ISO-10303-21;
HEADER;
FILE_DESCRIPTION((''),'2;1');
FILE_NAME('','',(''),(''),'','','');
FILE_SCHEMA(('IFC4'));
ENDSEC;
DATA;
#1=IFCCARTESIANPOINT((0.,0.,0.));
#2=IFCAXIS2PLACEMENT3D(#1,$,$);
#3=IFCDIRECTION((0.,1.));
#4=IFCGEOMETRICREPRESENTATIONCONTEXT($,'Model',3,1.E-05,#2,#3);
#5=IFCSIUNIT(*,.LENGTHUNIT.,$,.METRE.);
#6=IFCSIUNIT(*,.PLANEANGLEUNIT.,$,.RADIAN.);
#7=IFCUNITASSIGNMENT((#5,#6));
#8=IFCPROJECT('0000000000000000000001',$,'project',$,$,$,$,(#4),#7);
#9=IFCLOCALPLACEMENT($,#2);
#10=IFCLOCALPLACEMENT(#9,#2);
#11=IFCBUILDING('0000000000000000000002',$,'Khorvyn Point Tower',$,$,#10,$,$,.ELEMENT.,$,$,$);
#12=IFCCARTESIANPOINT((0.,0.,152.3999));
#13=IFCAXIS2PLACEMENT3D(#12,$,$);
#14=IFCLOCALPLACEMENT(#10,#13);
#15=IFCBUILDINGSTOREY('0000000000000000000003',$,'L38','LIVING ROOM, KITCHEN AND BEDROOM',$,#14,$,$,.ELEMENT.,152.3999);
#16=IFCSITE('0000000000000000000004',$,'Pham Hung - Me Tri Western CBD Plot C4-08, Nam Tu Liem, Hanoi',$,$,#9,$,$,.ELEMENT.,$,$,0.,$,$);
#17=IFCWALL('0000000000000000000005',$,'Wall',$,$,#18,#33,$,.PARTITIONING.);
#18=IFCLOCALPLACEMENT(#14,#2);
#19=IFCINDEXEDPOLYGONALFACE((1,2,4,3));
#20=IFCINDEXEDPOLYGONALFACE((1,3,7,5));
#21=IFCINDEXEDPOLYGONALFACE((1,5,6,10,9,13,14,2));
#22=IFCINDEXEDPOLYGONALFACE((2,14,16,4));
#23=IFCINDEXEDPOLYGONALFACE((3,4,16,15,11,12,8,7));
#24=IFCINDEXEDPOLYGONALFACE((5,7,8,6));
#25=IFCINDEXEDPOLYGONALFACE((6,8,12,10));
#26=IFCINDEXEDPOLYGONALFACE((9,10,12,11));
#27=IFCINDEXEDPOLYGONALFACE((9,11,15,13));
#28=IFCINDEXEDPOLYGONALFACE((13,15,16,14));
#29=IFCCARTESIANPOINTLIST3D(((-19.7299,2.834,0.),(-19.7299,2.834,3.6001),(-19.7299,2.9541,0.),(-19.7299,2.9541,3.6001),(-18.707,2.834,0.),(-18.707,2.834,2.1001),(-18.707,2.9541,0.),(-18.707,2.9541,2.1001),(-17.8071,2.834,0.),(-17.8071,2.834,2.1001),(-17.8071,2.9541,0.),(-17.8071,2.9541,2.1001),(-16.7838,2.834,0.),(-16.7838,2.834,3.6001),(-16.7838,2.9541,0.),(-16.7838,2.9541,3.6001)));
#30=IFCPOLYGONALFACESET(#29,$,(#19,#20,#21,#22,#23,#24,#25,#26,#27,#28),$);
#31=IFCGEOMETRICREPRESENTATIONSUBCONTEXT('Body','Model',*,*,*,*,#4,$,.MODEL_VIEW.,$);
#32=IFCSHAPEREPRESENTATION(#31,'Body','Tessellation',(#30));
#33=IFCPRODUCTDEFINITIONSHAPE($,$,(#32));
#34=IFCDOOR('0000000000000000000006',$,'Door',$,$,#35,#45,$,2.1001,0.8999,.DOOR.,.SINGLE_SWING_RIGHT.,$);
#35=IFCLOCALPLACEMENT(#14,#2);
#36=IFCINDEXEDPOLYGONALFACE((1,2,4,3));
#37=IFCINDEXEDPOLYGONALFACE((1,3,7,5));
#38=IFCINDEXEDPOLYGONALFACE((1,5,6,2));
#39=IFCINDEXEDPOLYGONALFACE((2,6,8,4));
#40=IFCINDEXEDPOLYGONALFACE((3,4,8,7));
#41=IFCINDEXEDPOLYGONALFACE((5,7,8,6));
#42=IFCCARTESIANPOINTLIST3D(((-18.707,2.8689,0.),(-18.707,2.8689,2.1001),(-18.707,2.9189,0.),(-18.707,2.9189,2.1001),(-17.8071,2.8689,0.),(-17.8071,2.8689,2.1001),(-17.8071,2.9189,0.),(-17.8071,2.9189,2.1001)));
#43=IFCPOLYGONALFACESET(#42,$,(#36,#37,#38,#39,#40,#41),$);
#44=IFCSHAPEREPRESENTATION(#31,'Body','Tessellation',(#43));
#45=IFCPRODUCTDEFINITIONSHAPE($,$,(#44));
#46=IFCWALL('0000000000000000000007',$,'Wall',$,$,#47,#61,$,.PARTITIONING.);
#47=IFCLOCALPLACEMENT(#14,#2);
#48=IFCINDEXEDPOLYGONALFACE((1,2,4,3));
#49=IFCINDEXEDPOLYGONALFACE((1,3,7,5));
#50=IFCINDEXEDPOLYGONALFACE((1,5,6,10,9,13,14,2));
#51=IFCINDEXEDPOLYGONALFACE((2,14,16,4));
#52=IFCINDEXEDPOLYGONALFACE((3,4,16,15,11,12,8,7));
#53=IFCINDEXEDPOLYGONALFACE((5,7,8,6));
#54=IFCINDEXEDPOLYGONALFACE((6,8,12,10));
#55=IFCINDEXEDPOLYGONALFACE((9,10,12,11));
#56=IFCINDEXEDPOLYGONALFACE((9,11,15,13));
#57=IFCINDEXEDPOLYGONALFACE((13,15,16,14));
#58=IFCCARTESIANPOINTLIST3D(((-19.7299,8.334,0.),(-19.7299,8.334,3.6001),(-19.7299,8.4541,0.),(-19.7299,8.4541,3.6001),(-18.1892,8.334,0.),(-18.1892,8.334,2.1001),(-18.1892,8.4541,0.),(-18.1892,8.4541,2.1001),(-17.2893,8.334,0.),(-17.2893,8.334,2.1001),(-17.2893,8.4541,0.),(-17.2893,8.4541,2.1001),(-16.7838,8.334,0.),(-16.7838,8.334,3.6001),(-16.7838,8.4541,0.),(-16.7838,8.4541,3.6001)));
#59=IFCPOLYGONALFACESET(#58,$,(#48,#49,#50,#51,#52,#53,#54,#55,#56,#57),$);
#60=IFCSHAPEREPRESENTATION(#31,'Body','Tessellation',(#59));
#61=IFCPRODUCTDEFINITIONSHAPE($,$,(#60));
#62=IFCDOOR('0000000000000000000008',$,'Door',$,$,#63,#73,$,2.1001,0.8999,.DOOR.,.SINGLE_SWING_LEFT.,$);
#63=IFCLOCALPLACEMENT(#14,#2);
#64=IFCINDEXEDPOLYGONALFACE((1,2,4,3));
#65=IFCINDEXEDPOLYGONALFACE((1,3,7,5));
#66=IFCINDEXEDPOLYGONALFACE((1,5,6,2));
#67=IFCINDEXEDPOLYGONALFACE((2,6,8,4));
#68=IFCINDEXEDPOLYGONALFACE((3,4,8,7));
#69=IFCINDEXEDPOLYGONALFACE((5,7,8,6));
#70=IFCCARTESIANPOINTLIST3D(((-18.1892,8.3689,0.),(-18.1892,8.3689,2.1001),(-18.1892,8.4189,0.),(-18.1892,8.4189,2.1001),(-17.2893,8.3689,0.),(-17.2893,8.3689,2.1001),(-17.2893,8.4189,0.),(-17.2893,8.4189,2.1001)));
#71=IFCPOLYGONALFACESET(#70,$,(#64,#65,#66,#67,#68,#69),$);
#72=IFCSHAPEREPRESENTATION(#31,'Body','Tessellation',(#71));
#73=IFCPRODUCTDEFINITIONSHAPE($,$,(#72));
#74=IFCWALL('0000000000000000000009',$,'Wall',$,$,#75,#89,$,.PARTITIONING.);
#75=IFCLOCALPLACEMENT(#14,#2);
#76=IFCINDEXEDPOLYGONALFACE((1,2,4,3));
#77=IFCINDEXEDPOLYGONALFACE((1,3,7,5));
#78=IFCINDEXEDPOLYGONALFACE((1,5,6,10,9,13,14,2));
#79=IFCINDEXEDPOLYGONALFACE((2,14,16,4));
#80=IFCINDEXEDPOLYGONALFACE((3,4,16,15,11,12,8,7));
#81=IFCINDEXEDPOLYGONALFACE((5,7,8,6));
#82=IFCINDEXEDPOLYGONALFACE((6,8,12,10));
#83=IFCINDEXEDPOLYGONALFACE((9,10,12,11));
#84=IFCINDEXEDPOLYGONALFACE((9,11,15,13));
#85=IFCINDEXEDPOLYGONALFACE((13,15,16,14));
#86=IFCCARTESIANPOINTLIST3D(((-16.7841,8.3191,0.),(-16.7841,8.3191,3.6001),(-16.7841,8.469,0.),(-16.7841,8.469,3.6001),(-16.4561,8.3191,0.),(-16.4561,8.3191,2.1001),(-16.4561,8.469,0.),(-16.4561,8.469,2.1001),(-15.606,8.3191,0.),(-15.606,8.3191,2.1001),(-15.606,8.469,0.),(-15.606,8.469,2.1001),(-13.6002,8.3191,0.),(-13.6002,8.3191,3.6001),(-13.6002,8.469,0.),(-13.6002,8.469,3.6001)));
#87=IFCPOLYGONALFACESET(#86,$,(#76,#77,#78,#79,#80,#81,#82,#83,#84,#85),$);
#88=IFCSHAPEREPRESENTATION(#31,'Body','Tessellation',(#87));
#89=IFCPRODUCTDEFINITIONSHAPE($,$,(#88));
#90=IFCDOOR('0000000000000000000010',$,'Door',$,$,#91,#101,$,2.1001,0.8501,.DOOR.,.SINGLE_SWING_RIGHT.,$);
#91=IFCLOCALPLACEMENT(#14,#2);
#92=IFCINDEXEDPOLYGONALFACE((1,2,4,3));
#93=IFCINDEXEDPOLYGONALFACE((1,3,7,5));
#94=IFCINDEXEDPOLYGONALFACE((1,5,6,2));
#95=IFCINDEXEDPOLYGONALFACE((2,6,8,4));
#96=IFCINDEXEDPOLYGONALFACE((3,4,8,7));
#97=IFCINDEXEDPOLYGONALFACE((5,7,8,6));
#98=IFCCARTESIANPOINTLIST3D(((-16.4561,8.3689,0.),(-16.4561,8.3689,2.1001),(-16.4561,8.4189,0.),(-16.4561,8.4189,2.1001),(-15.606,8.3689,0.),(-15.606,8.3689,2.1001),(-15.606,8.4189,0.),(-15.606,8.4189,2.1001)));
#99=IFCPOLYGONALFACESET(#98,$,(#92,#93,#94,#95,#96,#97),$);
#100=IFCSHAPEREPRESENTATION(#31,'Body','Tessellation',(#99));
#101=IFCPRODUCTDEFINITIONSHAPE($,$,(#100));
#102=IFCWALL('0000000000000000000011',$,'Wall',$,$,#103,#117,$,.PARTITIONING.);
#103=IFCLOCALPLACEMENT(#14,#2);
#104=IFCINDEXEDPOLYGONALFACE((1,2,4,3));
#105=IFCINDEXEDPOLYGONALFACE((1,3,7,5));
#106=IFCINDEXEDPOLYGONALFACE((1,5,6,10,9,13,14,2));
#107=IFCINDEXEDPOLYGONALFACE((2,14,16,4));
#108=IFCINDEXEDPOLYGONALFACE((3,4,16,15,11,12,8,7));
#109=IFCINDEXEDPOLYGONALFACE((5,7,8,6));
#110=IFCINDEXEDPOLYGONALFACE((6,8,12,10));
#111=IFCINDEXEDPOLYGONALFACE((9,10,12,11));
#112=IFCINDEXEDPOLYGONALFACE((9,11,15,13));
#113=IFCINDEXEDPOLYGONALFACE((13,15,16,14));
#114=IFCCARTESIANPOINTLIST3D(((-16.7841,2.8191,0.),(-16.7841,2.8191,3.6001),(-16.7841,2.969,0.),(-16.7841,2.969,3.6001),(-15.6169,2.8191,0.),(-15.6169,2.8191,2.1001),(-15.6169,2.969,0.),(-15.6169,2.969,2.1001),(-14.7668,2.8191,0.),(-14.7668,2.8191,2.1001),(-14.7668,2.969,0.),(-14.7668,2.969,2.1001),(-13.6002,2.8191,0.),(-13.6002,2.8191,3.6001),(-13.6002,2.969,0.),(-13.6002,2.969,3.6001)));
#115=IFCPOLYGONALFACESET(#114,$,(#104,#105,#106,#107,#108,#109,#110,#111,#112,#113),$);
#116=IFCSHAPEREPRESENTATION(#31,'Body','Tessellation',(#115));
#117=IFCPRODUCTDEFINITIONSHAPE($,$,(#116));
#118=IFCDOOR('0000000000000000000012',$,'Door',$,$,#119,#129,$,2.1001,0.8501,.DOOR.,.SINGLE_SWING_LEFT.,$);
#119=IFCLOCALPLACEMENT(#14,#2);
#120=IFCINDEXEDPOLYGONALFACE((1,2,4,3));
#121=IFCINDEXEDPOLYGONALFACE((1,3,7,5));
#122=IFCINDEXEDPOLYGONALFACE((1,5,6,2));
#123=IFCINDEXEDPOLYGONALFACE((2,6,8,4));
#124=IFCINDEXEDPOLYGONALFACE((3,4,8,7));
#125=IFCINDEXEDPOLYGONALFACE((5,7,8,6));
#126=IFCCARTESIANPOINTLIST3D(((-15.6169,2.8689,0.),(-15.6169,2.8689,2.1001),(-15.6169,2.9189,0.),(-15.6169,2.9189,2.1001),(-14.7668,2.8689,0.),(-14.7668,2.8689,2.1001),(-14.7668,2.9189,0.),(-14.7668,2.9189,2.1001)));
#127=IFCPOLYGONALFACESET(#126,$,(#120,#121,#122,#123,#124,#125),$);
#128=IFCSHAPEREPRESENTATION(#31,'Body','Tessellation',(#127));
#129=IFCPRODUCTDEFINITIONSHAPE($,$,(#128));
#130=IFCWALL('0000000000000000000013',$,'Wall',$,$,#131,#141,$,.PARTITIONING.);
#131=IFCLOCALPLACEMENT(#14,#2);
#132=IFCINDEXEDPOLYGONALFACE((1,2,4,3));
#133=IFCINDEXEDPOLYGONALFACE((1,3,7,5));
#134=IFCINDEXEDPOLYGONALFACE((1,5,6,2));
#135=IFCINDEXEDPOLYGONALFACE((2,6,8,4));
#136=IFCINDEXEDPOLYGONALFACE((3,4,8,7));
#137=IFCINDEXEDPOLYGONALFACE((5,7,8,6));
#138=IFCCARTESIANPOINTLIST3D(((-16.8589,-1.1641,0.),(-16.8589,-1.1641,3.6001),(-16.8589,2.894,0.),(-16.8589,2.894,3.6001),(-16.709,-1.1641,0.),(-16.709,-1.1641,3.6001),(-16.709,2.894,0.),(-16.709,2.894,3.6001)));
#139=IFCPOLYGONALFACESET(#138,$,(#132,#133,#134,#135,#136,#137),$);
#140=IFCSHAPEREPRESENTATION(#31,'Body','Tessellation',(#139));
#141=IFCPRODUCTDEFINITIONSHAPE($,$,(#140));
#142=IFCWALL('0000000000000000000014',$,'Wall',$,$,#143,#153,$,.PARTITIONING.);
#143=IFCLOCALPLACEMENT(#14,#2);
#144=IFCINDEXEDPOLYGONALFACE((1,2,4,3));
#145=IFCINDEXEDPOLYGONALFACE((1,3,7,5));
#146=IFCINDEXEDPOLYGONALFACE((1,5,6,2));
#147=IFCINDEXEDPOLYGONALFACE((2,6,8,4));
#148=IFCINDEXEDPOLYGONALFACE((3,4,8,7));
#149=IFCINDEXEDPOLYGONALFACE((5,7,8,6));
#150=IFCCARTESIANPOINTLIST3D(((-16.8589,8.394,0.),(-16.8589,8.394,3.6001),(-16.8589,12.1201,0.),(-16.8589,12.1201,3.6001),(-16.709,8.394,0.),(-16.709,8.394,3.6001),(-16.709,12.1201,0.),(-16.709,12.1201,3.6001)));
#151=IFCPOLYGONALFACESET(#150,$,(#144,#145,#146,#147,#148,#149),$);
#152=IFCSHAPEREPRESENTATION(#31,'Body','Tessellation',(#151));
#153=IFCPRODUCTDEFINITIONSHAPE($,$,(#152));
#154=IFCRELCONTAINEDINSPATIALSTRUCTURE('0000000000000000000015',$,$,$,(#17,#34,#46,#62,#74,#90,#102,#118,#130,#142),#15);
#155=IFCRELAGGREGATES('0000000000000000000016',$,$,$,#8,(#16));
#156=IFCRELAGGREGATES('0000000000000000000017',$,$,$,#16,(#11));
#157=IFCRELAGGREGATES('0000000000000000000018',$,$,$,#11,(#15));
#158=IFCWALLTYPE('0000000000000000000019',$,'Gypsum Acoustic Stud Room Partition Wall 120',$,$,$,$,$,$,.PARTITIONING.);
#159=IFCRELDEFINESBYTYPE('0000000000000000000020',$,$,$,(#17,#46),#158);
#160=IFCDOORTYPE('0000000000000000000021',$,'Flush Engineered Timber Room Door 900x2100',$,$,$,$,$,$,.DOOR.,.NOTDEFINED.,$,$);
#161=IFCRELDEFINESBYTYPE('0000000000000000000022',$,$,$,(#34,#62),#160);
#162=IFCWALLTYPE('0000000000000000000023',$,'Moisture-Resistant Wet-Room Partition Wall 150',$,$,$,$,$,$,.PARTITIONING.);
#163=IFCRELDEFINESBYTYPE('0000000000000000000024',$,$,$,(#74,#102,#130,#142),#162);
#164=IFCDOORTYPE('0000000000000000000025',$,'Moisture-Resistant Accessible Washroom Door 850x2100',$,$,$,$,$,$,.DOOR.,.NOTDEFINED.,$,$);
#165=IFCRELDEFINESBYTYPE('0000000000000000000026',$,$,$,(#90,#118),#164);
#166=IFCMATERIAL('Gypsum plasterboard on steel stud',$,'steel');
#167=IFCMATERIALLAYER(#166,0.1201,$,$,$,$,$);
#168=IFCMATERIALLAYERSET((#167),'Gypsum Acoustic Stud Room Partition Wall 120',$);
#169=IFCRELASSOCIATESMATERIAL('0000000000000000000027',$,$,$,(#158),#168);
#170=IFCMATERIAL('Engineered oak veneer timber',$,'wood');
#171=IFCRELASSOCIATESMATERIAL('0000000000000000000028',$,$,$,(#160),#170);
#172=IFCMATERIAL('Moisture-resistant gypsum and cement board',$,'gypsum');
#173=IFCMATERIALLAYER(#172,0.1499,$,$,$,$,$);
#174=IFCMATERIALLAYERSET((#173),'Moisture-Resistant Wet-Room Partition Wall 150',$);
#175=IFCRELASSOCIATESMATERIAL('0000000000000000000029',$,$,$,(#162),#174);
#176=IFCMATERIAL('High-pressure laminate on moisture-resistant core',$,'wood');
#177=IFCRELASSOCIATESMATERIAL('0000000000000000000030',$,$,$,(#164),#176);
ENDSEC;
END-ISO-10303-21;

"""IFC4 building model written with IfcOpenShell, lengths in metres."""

from ifc_helpers import new_model, si_unit, direction, frame, frame_2d, origin, place, context, subcontext, project, spatial, rectangle, extrude, material, layer, layer_set, type_object, element, fill, save


model = new_model("IFC4")

# Units and contexts
model_context = context("Model", 3, precision=1e-05, world=origin(), true_north=direction((0.0, 1.0)))
body_context = subcontext(model_context, "Body", "Model", "MODEL_VIEW")
ifc_project = project(units=[si_unit("LENGTHUNIT", "METRE"), si_unit("PLANEANGLEUNIT", "RADIAN")], contexts=[model_context])

# Site, building, storey
site_placement = place(None, origin())
site = spatial("IfcSite", under=ifc_project, at=site_placement, Name="Pham Hung - Me Tri Western CBD Plot C4-08, Nam Tu Liem, Hanoi", CompositionType="ELEMENT", RefElevation=0.0)
building_placement = place(site_placement, origin())
building = spatial("IfcBuilding", under=site, at=building_placement, Name="Khorvyn Point Tower", CompositionType="ELEMENT")
storey_placement = place(building_placement, frame((0.0, 0.0, 152.3999)))
storey = spatial("IfcBuildingStorey", under=building, at=storey_placement, Name="L38", Description="LIVING ROOM, KITCHEN AND BEDROOM", CompositionType="ELEMENT", Elevation=152.3999)

# Walls, openings, doors
ifc_material_1 = material(Name="Gypsum plasterboard on steel stud", Category="steel")
ifc_layer_1 = layer(ifc_material_1, 0.1201)
ifc_layer_set_1 = layer_set([ifc_layer_1], Name="Gypsum Acoustic Stud Room Partition Wall 120")
wall_type_1 = type_object("IfcWallType", Name="Gypsum Acoustic Stud Room Partition Wall 120", PredefinedType="PARTITIONING", material=ifc_layer_set_1)
wall_1_placement = place(storey_placement, frame((-19.73, 2.894, 0.0), z_axis=(0.0, 0.0, 1.0), x_axis=(1.0, 0.0, 0.0)))
wall_1 = element("IfcWall", 1, at=wall_1_placement, inside=storey, type_object=wall_type_1, Name="Wall", PredefinedType="PARTITIONING", context=body_context, shape_type="SweptSolid", body=[
    extrude(rectangle(XDim=2.946, YDim=0.1201, at=frame_2d((1.4731, 0.0))), origin(), (0.0, 0.0, 1.0), 3.6001),
])
opening_1_placement = place(wall_1_placement, frame((1.0229, 0.0, 0.0)))
opening_1 = element("IfcOpeningElement", 2, at=opening_1_placement, cuts=wall_1, PredefinedType="OPENING", context=body_context, shape_type="SweptSolid", body=[
    extrude(rectangle(XDim=0.8999, YDim=2.1001, at=frame_2d((0.45, 1.05))), frame((0.0, 0.0701, 0.0), z_axis=(0.0, -1.0, 0.0), x_axis=(1.0, 0.0, 0.0)), (0.0, 0.0, 1.0), 0.1401),
])
ifc_material_2 = material(Name="Engineered oak veneer timber", Category="wood")
door_type_1 = type_object("IfcDoorType", Name="Flush Engineered Timber Room Door 900x2100", OperationType="NOTDEFINED", PredefinedType="DOOR", material=ifc_material_2)
door_1_placement = place(opening_1_placement, origin())
door_1 = element("IfcDoor", 3, at=door_1_placement, inside=storey, type_object=door_type_1, Name="Door", OperationType="SINGLE_SWING_RIGHT", OverallHeight=2.1001, OverallWidth=0.8999, PredefinedType="DOOR", context=body_context, shape_type="SweptSolid", body=[
    extrude(rectangle(XDim=0.8999, YDim=2.1001, at=frame_2d((0.45, 1.05))), frame((0.0, 0.0249, 0.0), z_axis=(0.0, -1.0, 0.0), x_axis=(1.0, 0.0, 0.0)), (0.0, 0.0, 1.0), 0.05),
])
fill(opening_1, door_1)
wall_2_placement = place(storey_placement, frame((-19.73, 8.394, 0.0), z_axis=(0.0, 0.0, 1.0), x_axis=(1.0, 0.0, 0.0)))
wall_2 = element("IfcWall", 4, at=wall_2_placement, inside=storey, type_object=wall_type_1, Name="Wall", PredefinedType="PARTITIONING", context=body_context, shape_type="SweptSolid", body=[
    extrude(rectangle(XDim=2.946, YDim=0.1201, at=frame_2d((1.4731, 0.0))), origin(), (0.0, 0.0, 1.0), 3.6001),
])
opening_2_placement = place(wall_2_placement, frame((1.5408, 0.0, 0.0)))
opening_2 = element("IfcOpeningElement", 5, at=opening_2_placement, cuts=wall_2, PredefinedType="OPENING", context=body_context, shape_type="SweptSolid", body=[
    extrude(rectangle(XDim=0.8999, YDim=2.1001, at=frame_2d((0.45, 1.05))), frame((0.0, 0.0701, 0.0), z_axis=(0.0, -1.0, 0.0), x_axis=(1.0, 0.0, 0.0)), (0.0, 0.0, 1.0), 0.1401),
])
door_2_placement = place(opening_2_placement, origin())
door_2 = element("IfcDoor", 6, at=door_2_placement, inside=storey, type_object=door_type_1, Name="Door", OperationType="SINGLE_SWING_LEFT", OverallHeight=2.1001, OverallWidth=0.8999, PredefinedType="DOOR", context=body_context, shape_type="SweptSolid", body=[
    extrude(rectangle(XDim=0.8999, YDim=2.1001, at=frame_2d((0.45, 1.05))), frame((0.0, 0.0249, 0.0), z_axis=(0.0, -1.0, 0.0), x_axis=(1.0, 0.0, 0.0)), (0.0, 0.0, 1.0), 0.05),
])
fill(opening_2, door_2)
ifc_material_3 = material(Name="Moisture-resistant gypsum and cement board", Category="gypsum")
ifc_layer_2 = layer(ifc_material_3, 0.1499)
ifc_layer_set_2 = layer_set([ifc_layer_2], Name="Moisture-Resistant Wet-Room Partition Wall 150")
wall_type_2 = type_object("IfcWallType", Name="Moisture-Resistant Wet-Room Partition Wall 150", PredefinedType="PARTITIONING", material=ifc_layer_set_2)
wall_3_placement = place(storey_placement, frame((-16.7839, 8.394, 0.0), z_axis=(0.0, 0.0, 1.0), x_axis=(1.0, 0.0, 0.0)))
wall_3 = element("IfcWall", 7, at=wall_3_placement, inside=storey, type_object=wall_type_2, Name="Wall", PredefinedType="PARTITIONING", context=body_context, shape_type="SweptSolid", body=[
    extrude(rectangle(XDim=3.1838, YDim=0.1499, at=frame_2d((1.5918, 0.0))), origin(), (0.0, 0.0, 1.0), 3.6001),
])
opening_3_placement = place(wall_3_placement, frame((0.3279, 0.0, 0.0)))
opening_3 = element("IfcOpeningElement", 8, at=opening_3_placement, cuts=wall_3, PredefinedType="OPENING", context=body_context, shape_type="SweptSolid", body=[
    extrude(rectangle(XDim=0.8501, YDim=2.1001, at=frame_2d((0.425, 1.05))), frame((0.0, 0.085, 0.0), z_axis=(0.0, -1.0, 0.0), x_axis=(1.0, 0.0, 0.0)), (0.0, 0.0, 1.0), 0.1699),
])
ifc_material_4 = material(Name="High-pressure laminate on moisture-resistant core", Category="wood")
door_type_2 = type_object("IfcDoorType", Name="Moisture-Resistant Accessible Washroom Door 850x2100", OperationType="NOTDEFINED", PredefinedType="DOOR", material=ifc_material_4)
door_3_placement = place(opening_3_placement, origin())
door_3 = element("IfcDoor", 9, at=door_3_placement, inside=storey, type_object=door_type_2, Name="Door", OperationType="SINGLE_SWING_RIGHT", OverallHeight=2.1001, OverallWidth=0.8501, PredefinedType="DOOR", context=body_context, shape_type="SweptSolid", body=[
    extrude(rectangle(XDim=0.8501, YDim=2.1001, at=frame_2d((0.425, 1.05))), frame((0.0, 0.0249, 0.0), z_axis=(0.0, -1.0, 0.0), x_axis=(1.0, 0.0, 0.0)), (0.0, 0.0, 1.0), 0.05),
])
fill(opening_3, door_3)
wall_4_placement = place(storey_placement, frame((-16.7839, 2.894, 0.0), z_axis=(0.0, 0.0, 1.0), x_axis=(1.0, 0.0, 0.0)))
wall_4 = element("IfcWall", 10, at=wall_4_placement, inside=storey, type_object=wall_type_2, Name="Wall", PredefinedType="PARTITIONING", context=body_context, shape_type="SweptSolid", body=[
    extrude(rectangle(XDim=3.1838, YDim=0.1499, at=frame_2d((1.5918, 0.0))), origin(), (0.0, 0.0, 1.0), 3.6001),
])
opening_4_placement = place(wall_4_placement, frame((1.167, 0.0, 0.0)))
opening_4 = element("IfcOpeningElement", 11, at=opening_4_placement, cuts=wall_4, PredefinedType="OPENING", context=body_context, shape_type="SweptSolid", body=[
    extrude(rectangle(XDim=0.8501, YDim=2.1001, at=frame_2d((0.425, 1.05))), frame((0.0, 0.085, 0.0), z_axis=(0.0, -1.0, 0.0), x_axis=(1.0, 0.0, 0.0)), (0.0, 0.0, 1.0), 0.1699),
])
door_4_placement = place(opening_4_placement, origin())
door_4 = element("IfcDoor", 12, at=door_4_placement, inside=storey, type_object=door_type_2, Name="Door", OperationType="SINGLE_SWING_LEFT", OverallHeight=2.1001, OverallWidth=0.8501, PredefinedType="DOOR", context=body_context, shape_type="SweptSolid", body=[
    extrude(rectangle(XDim=0.8501, YDim=2.1001, at=frame_2d((0.425, 1.05))), frame((0.0, 0.0249, 0.0), z_axis=(0.0, -1.0, 0.0), x_axis=(1.0, 0.0, 0.0)), (0.0, 0.0, 1.0), 0.05),
])
fill(opening_4, door_4)

# Walls
wall_5_placement = place(storey_placement, frame((-16.7839, -1.1641, 0.0), z_axis=(0.0, 0.0, 1.0), x_axis=(0.0, 1.0, 0.0)))
element("IfcWall", 13, at=wall_5_placement, inside=storey, type_object=wall_type_2, Name="Wall", PredefinedType="PARTITIONING", context=body_context, shape_type="SweptSolid", body=[
    extrude(rectangle(XDim=4.0581, YDim=0.1499, at=frame_2d((2.0291, 0.0))), origin(), (0.0, 0.0, 1.0), 3.6001),
])
wall_6_placement = place(storey_placement, frame((-16.7839, 8.394, 0.0), z_axis=(0.0, 0.0, 1.0), x_axis=(0.0, 1.0, 0.0)))
element("IfcWall", 14, at=wall_6_placement, inside=storey, type_object=wall_type_2, Name="Wall", PredefinedType="PARTITIONING", context=body_context, shape_type="SweptSolid", body=[
    extrude(rectangle(XDim=3.7261, YDim=0.1499, at=frame_2d((1.863, 0.0))), origin(), (0.0, 0.0, 1.0), 3.6001),
])

save(model, "model.ifc")
